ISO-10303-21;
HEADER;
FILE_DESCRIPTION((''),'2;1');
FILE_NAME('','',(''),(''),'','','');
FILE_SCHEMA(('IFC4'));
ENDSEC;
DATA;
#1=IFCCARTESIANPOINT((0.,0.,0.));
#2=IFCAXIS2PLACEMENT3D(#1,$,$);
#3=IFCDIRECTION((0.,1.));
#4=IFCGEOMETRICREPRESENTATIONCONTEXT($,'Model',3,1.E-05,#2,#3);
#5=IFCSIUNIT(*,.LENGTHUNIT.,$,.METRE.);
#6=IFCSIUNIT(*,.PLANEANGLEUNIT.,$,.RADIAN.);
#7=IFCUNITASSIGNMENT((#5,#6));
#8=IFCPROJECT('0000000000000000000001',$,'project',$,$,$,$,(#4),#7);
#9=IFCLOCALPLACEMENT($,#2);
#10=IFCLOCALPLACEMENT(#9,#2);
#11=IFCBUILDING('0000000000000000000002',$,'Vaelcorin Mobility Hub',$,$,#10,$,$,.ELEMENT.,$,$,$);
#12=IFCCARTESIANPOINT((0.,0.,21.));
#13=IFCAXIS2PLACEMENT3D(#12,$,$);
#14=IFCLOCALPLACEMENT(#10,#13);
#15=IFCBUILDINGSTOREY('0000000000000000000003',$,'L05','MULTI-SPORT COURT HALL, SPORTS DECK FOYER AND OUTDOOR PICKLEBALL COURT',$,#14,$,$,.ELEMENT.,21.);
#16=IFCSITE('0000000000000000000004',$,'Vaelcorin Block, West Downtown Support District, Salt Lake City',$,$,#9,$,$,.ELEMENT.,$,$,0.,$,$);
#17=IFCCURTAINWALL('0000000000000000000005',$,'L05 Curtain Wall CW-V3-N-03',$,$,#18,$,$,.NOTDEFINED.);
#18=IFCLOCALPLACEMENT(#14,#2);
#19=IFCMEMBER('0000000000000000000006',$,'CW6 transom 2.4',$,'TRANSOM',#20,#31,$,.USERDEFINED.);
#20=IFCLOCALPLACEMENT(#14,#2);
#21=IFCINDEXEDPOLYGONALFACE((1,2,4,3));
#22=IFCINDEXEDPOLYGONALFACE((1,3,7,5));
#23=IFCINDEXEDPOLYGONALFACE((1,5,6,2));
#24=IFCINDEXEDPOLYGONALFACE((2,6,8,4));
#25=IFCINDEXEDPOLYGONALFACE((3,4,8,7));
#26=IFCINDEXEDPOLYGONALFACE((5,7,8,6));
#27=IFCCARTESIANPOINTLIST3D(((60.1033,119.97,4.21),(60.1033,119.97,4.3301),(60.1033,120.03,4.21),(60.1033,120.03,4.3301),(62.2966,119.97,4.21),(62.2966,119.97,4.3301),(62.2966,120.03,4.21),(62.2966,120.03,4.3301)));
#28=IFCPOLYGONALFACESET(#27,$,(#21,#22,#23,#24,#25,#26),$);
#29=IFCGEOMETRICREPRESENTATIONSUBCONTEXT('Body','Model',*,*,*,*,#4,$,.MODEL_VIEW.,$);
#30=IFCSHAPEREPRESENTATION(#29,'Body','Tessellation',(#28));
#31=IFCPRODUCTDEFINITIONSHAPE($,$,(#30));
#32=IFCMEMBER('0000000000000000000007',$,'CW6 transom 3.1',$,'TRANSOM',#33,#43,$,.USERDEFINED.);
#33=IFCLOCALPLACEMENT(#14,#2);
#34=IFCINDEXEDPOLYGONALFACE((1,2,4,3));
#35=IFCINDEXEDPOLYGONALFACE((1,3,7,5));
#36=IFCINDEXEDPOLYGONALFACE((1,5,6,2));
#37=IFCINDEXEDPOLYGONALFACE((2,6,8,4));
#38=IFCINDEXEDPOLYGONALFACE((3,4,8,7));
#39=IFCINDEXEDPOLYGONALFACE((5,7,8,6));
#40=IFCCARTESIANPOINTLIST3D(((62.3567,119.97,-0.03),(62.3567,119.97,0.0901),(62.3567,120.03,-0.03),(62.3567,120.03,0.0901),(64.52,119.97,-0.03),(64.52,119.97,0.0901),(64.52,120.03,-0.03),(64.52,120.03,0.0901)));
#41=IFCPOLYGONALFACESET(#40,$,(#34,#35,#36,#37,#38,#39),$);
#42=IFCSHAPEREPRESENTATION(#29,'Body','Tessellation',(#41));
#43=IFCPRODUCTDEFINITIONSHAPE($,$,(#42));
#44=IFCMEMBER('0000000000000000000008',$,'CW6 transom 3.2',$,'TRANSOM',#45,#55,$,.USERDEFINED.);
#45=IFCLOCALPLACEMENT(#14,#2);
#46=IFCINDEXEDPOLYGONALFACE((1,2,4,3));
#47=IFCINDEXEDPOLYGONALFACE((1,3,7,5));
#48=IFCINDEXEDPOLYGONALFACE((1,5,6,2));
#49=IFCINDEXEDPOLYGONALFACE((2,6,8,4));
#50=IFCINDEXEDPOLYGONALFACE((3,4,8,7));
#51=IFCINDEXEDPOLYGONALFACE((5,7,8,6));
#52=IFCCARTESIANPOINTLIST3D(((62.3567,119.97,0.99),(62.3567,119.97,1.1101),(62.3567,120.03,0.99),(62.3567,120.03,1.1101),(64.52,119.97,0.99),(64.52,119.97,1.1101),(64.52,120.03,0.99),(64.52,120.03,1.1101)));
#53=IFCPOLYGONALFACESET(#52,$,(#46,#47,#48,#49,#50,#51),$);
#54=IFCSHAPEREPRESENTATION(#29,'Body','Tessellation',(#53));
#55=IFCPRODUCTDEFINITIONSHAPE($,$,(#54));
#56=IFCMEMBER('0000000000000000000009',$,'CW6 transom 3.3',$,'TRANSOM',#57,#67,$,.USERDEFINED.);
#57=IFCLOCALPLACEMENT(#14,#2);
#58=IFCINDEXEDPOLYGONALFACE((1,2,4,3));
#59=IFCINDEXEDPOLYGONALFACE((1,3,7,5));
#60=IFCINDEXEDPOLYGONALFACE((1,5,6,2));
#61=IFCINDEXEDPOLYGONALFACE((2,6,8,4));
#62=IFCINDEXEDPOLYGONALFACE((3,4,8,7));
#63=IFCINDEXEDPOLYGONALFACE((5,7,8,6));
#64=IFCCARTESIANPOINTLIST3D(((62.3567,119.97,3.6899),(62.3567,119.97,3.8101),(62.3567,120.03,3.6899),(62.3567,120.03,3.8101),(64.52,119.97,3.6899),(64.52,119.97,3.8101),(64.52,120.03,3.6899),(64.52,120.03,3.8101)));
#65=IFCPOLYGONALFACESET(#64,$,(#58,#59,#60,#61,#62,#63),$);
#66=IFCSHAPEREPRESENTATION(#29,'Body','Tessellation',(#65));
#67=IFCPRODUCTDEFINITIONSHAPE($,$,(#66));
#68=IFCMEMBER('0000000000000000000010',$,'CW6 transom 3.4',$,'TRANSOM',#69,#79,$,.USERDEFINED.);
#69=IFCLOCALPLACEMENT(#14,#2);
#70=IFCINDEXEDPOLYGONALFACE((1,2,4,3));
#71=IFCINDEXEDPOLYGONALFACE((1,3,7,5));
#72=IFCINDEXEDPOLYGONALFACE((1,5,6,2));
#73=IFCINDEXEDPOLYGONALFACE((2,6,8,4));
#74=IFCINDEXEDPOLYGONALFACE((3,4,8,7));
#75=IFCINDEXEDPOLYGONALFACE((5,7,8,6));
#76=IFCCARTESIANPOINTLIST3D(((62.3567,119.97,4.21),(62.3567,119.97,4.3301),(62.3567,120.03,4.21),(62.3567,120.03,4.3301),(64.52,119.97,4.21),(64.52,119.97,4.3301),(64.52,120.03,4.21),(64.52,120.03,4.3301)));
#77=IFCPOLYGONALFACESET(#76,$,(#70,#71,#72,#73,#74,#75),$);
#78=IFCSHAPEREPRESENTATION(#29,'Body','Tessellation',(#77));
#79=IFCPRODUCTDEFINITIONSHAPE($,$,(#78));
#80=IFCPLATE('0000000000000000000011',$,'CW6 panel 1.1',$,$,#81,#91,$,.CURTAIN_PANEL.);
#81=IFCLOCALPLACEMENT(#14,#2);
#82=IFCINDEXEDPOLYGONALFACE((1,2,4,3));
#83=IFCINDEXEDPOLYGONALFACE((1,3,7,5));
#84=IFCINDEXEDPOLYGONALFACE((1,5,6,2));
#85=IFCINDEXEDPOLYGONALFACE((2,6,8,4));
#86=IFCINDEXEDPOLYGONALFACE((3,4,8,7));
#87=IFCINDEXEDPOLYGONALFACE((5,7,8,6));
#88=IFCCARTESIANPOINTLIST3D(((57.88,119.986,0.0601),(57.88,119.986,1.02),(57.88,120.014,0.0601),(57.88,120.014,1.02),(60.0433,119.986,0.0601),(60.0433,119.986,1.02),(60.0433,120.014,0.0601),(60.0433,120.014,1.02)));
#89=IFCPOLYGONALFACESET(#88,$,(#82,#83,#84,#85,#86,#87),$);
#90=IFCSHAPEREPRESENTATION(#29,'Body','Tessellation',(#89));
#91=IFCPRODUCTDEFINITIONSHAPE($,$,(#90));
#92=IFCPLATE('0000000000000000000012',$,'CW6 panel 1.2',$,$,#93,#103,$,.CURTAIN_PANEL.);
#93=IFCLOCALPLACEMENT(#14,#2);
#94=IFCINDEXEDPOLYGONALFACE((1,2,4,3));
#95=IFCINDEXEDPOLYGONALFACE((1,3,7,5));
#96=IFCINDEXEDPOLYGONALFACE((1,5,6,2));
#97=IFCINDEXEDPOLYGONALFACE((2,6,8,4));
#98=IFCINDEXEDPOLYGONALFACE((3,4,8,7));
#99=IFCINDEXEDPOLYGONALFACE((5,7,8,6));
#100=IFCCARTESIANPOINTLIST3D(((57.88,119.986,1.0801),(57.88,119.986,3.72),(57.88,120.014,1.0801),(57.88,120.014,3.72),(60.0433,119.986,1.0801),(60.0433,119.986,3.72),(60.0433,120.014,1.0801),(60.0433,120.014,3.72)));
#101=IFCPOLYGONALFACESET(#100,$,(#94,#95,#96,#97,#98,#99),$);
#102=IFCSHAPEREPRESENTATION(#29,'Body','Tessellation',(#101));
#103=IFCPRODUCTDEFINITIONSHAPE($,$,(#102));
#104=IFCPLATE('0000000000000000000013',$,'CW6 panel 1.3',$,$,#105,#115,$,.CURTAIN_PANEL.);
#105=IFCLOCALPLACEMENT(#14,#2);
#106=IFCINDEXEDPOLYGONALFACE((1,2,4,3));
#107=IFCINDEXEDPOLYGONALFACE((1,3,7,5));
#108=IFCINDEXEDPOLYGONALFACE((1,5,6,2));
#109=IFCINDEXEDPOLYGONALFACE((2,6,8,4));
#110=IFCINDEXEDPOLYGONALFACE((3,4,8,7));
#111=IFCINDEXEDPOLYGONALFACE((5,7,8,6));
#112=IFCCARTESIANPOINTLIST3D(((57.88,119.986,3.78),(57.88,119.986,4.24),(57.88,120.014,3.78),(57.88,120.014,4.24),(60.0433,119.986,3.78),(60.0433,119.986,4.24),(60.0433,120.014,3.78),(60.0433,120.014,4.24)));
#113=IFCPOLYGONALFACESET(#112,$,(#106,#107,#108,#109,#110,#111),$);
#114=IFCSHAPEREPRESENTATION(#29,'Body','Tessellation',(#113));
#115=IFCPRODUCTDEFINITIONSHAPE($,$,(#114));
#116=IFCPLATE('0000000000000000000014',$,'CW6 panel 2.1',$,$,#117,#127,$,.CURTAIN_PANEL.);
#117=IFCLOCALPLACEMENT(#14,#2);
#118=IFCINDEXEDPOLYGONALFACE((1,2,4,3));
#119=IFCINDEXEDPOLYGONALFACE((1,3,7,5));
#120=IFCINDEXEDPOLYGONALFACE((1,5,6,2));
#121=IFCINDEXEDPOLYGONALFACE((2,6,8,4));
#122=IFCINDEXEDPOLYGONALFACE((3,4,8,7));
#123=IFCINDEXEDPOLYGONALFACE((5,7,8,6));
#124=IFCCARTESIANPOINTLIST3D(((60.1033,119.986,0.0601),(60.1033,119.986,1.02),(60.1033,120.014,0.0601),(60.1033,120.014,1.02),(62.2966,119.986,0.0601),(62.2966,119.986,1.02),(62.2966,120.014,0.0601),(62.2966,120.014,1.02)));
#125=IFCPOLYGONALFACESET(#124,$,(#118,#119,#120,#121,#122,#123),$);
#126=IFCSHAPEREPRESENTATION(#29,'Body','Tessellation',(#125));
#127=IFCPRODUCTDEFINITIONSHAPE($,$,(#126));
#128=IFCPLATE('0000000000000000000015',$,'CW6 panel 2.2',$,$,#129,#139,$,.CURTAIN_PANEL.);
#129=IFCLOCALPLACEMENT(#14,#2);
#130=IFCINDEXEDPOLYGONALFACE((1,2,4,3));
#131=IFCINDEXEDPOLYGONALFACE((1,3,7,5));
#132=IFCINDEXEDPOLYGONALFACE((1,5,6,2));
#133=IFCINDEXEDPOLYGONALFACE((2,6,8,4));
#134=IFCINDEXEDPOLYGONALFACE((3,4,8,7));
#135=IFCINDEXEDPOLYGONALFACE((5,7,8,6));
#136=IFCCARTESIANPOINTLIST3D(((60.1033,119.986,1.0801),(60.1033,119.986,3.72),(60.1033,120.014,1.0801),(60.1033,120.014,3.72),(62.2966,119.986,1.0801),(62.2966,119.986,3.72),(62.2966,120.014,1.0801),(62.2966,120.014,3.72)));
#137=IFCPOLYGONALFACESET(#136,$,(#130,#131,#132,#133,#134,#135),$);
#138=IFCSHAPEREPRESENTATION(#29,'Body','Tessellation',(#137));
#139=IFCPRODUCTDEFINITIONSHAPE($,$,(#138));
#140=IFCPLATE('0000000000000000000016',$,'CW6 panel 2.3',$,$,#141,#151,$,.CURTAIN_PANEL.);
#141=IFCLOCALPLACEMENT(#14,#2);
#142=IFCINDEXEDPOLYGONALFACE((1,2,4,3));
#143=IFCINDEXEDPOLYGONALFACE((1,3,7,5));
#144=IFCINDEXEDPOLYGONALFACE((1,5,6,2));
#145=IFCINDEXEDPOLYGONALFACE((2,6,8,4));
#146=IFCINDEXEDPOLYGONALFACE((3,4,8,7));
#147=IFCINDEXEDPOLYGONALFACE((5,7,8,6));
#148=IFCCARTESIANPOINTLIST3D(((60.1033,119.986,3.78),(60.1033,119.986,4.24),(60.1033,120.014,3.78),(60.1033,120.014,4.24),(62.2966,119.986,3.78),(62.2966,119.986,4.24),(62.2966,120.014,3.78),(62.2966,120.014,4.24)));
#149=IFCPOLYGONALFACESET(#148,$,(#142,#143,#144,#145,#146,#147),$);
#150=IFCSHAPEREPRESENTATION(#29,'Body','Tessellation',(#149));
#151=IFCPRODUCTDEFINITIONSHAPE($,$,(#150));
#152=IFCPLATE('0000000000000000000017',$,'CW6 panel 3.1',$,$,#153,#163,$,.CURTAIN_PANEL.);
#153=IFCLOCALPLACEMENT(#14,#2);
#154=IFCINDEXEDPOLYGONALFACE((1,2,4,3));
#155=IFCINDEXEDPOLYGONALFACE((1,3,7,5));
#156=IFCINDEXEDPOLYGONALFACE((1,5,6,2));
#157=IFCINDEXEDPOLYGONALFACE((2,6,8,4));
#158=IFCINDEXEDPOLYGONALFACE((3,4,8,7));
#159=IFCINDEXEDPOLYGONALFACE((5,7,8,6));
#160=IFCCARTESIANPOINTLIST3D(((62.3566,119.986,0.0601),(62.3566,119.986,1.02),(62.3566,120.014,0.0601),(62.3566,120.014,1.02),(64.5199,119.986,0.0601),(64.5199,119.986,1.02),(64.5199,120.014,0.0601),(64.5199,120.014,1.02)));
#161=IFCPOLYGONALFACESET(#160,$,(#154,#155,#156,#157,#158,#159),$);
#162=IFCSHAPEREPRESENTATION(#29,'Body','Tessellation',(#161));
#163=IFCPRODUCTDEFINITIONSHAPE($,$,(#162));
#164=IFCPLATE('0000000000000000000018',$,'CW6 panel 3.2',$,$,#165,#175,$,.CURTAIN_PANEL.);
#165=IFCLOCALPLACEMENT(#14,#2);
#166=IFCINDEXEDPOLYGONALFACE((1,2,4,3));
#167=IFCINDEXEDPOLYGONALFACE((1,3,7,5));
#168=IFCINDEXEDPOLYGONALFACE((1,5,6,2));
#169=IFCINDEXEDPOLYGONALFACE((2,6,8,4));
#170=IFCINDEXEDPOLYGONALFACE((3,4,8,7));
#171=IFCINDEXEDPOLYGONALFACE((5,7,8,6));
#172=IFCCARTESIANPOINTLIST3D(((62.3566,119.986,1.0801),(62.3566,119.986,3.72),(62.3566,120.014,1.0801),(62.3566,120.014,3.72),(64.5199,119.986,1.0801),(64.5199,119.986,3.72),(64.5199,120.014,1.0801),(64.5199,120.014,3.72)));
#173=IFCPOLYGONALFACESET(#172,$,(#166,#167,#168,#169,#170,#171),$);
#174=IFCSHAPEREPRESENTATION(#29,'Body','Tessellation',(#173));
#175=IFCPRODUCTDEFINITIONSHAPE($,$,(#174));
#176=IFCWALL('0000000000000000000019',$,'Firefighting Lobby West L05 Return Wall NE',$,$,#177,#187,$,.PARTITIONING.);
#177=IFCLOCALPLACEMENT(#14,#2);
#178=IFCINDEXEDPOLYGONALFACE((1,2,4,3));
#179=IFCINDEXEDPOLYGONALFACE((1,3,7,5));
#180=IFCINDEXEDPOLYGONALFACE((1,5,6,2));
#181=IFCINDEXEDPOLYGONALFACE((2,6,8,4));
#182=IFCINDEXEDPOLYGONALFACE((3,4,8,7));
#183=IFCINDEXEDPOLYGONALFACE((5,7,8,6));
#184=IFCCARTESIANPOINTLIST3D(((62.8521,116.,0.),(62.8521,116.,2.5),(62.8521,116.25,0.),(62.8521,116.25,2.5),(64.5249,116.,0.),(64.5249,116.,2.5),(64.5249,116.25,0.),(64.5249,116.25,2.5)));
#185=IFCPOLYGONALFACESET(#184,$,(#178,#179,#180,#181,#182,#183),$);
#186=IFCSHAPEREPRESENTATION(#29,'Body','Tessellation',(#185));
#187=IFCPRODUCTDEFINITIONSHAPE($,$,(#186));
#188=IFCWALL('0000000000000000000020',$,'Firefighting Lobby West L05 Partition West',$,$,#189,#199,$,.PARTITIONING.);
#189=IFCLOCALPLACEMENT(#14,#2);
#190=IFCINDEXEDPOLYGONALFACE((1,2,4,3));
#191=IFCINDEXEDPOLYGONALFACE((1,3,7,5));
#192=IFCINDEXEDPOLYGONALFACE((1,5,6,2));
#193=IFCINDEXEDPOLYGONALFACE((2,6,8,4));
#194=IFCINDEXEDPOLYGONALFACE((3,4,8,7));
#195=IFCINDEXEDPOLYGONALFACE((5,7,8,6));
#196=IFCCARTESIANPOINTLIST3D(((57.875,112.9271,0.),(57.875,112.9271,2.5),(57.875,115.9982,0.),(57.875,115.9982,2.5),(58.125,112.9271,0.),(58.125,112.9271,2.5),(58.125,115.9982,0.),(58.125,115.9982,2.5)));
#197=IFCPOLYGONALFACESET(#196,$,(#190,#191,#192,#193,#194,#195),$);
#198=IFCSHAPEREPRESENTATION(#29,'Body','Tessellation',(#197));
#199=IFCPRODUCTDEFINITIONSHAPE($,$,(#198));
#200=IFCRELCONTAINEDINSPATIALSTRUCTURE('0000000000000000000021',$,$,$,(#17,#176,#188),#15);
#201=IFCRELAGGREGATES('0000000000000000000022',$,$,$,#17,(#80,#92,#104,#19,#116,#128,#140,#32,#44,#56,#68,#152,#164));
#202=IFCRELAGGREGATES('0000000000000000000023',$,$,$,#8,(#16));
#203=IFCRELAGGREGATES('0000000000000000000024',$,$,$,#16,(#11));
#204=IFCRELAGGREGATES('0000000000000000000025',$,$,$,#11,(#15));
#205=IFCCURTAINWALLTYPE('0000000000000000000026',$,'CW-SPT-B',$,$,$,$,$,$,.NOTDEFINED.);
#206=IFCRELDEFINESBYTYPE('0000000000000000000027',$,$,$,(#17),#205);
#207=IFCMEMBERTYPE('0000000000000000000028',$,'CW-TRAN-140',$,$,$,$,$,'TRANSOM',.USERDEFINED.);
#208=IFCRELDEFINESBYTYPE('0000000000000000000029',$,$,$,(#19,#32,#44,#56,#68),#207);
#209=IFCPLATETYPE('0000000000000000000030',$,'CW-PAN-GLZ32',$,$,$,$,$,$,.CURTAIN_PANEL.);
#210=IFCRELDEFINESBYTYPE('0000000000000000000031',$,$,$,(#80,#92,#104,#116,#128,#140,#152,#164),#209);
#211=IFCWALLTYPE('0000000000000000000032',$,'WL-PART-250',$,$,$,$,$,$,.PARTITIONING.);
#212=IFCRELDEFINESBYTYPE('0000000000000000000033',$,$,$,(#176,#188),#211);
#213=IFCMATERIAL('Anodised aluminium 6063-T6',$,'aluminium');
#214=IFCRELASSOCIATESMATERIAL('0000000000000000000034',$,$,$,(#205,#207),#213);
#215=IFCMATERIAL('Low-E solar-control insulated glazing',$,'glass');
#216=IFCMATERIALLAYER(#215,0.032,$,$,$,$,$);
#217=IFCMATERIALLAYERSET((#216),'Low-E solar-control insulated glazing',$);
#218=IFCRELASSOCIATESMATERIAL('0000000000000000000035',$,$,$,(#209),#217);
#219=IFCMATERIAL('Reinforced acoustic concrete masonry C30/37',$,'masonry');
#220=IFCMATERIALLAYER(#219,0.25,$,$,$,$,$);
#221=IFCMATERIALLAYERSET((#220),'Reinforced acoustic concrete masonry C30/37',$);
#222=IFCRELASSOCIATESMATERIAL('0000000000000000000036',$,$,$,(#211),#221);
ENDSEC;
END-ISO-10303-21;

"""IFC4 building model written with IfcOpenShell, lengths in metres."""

from ifc_helpers import new_model, si_unit, direction, frame, frame_2d, origin, origin_2d, place, context, subcontext, project, spatial, rectangle, extrude, material, layer, layer_set, material_profile, profile_set, type_object, element, aggregate, save


model = new_model("IFC4")

# Units and contexts
model_context = context("Model", 3, precision=1e-05, world=origin(), true_north=direction((0.0, 1.0)))
body_context = subcontext(model_context, "Body", "Model", "MODEL_VIEW")
ifc_project = project(units=[si_unit("LENGTHUNIT", "METRE"), si_unit("PLANEANGLEUNIT", "RADIAN")], contexts=[model_context])

# Site, building, storey
site_placement = place(None, origin())
site = spatial("IfcSite", under=ifc_project, at=site_placement, Name="Vaelcorin Block, West Downtown Support District, Salt Lake City", CompositionType="ELEMENT", RefElevation=0.0)
building_placement = place(site_placement, origin())
building = spatial("IfcBuilding", under=site, at=building_placement, Name="Vaelcorin Mobility Hub", CompositionType="ELEMENT")
storey_placement = place(building_placement, frame((0.0, 0.0, 21.0)))
storey = spatial("IfcBuildingStorey", under=building, at=storey_placement, Name="L05", Description="MULTI-SPORT COURT HALL, SPORTS DECK FOYER AND OUTDOOR PICKLEBALL COURT", CompositionType="ELEMENT", Elevation=21.0)

# Curtain wall, members, plates
ifc_material_1 = material(Name="Anodised aluminium 6063-T6", Category="aluminium")
curtain_wall_type = type_object("IfcCurtainWallType", Name="CW-SPT-B", PredefinedType="NOTDEFINED", material=ifc_material_1)
curtain_wall_placement = place(storey_placement, origin())
curtain_wall = element("IfcCurtainWall", 1, at=curtain_wall_placement, inside=storey, type_object=curtain_wall_type, Name="L05 Curtain Wall CW-V3-N-03", PredefinedType="NOTDEFINED")
ifc_material_profile_1 = material_profile(ifc_material_1, rectangle(XDim=0.0601, YDim=0.1201, at=origin_2d()), Name="ALU-T60X120")
ifc_profile_set_1 = profile_set([ifc_material_profile_1], Name="Anodised aluminium 6063-T6")
member_type_1 = type_object("IfcMemberType", Name="CW-TRAN-140", ElementType="TRANSOM", PredefinedType="USERDEFINED", material=ifc_profile_set_1)
member_1_placement = place(storey_placement, frame((60.1033, 120.0, 4.27), z_axis=(1.0, 0.0, 0.0), x_axis=(0.0, 1.0, 0.0)))
member_1 = element("IfcMember", 2, at=member_1_placement, type_object=member_type_1, Name="CW6 transom 2.4", ObjectType="TRANSOM", PredefinedType="USERDEFINED", context=body_context, shape_type="SweptSolid", body=[
    extrude(rectangle(XDim=0.0601, YDim=0.1201, at=origin_2d()), origin(), (0.0, 0.0, 1.0), 2.1934),
])
member_2_placement = place(storey_placement, frame((62.3567, 120.0, 0.03), z_axis=(1.0, 0.0, 0.0), x_axis=(0.0, 1.0, 0.0)))
member_2 = element("IfcMember", 3, at=member_2_placement, type_object=member_type_1, Name="CW6 transom 3.1", ObjectType="TRANSOM", PredefinedType="USERDEFINED", context=body_context, shape_type="SweptSolid", body=[
    extrude(rectangle(XDim=0.0601, YDim=0.1201, at=origin_2d()), origin(), (0.0, 0.0, 1.0), 2.1633),
])
member_3_placement = place(storey_placement, frame((62.3567, 120.0, 1.05), z_axis=(1.0, 0.0, 0.0), x_axis=(0.0, 1.0, 0.0)))
member_3 = element("IfcMember", 4, at=member_3_placement, type_object=member_type_1, Name="CW6 transom 3.2", ObjectType="TRANSOM", PredefinedType="USERDEFINED", context=body_context, shape_type="SweptSolid", body=[
    extrude(rectangle(XDim=0.0601, YDim=0.1201, at=origin_2d()), origin(), (0.0, 0.0, 1.0), 2.1633),
])
member_4_placement = place(storey_placement, frame((62.3567, 120.0, 3.75), z_axis=(1.0, 0.0, 0.0), x_axis=(0.0, 1.0, 0.0)))
member_4 = element("IfcMember", 5, at=member_4_placement, type_object=member_type_1, Name="CW6 transom 3.3", ObjectType="TRANSOM", PredefinedType="USERDEFINED", context=body_context, shape_type="SweptSolid", body=[
    extrude(rectangle(XDim=0.0601, YDim=0.1201, at=origin_2d()), origin(), (0.0, 0.0, 1.0), 2.1633),
])
member_5_placement = place(storey_placement, frame((62.3567, 120.0, 4.27), z_axis=(1.0, 0.0, 0.0), x_axis=(0.0, 1.0, 0.0)))
member_5 = element("IfcMember", 6, at=member_5_placement, type_object=member_type_1, Name="CW6 transom 3.4", ObjectType="TRANSOM", PredefinedType="USERDEFINED", context=body_context, shape_type="SweptSolid", body=[
    extrude(rectangle(XDim=0.0601, YDim=0.1201, at=origin_2d()), origin(), (0.0, 0.0, 1.0), 2.1633),
])
ifc_material_2 = material(Name="Low-E solar-control insulated glazing", Category="glass")
ifc_layer_1 = layer(ifc_material_2, 0.032)
ifc_layer_set_1 = layer_set([ifc_layer_1], Name="Low-E solar-control insulated glazing")
plate_type = type_object("IfcPlateType", Name="CW-PAN-GLZ32", PredefinedType="CURTAIN_PANEL", material=ifc_layer_set_1)
plate_1_placement = place(storey_placement, frame((58.9617, 120.0, 0.0601), z_axis=(0.0, 0.0, 1.0), x_axis=(1.0, 0.0, 0.0)))
plate_1 = element("IfcPlate", 7, at=plate_1_placement, type_object=plate_type, Name="CW6 panel 1.1", PredefinedType="CURTAIN_PANEL", context=body_context, shape_type="SweptSolid", body=[
    extrude(rectangle(XDim=2.1633, YDim=0.0281, at=origin_2d()), origin(), (0.0, 0.0, 1.0), 0.96),
])
plate_2_placement = place(storey_placement, frame((58.9617, 120.0, 1.0801), z_axis=(0.0, 0.0, 1.0), x_axis=(1.0, 0.0, 0.0)))
plate_2 = element("IfcPlate", 8, at=plate_2_placement, type_object=plate_type, Name="CW6 panel 1.2", PredefinedType="CURTAIN_PANEL", context=body_context, shape_type="SweptSolid", body=[
    extrude(rectangle(XDim=2.1633, YDim=0.0281, at=origin_2d()), origin(), (0.0, 0.0, 1.0), 2.6399),
])
plate_3_placement = place(storey_placement, frame((58.9617, 120.0, 3.78), z_axis=(0.0, 0.0, 1.0), x_axis=(1.0, 0.0, 0.0)))
plate_3 = element("IfcPlate", 9, at=plate_3_placement, type_object=plate_type, Name="CW6 panel 1.3", PredefinedType="CURTAIN_PANEL", context=body_context, shape_type="SweptSolid", body=[
    extrude(rectangle(XDim=2.1633, YDim=0.0281, at=origin_2d()), origin(), (0.0, 0.0, 1.0), 0.46),
])
plate_4_placement = place(storey_placement, frame((61.2, 120.0, 0.0601), z_axis=(0.0, 0.0, 1.0), x_axis=(1.0, 0.0, 0.0)))
plate_4 = element("IfcPlate", 10, at=plate_4_placement, type_object=plate_type, Name="CW6 panel 2.1", PredefinedType="CURTAIN_PANEL", context=body_context, shape_type="SweptSolid", body=[
    extrude(rectangle(XDim=2.1934, YDim=0.0281, at=origin_2d()), origin(), (0.0, 0.0, 1.0), 0.96),
])
plate_5_placement = place(storey_placement, frame((61.2, 120.0, 1.0801), z_axis=(0.0, 0.0, 1.0), x_axis=(1.0, 0.0, 0.0)))
plate_5 = element("IfcPlate", 11, at=plate_5_placement, type_object=plate_type, Name="CW6 panel 2.2", PredefinedType="CURTAIN_PANEL", context=body_context, shape_type="SweptSolid", body=[
    extrude(rectangle(XDim=2.1934, YDim=0.0281, at=origin_2d()), origin(), (0.0, 0.0, 1.0), 2.6399),
])
plate_6_placement = place(storey_placement, frame((61.2, 120.0, 3.78), z_axis=(0.0, 0.0, 1.0), x_axis=(1.0, 0.0, 0.0)))
plate_6 = element("IfcPlate", 12, at=plate_6_placement, type_object=plate_type, Name="CW6 panel 2.3", PredefinedType="CURTAIN_PANEL", context=body_context, shape_type="SweptSolid", body=[
    extrude(rectangle(XDim=2.1934, YDim=0.0281, at=origin_2d()), origin(), (0.0, 0.0, 1.0), 0.46),
])
plate_7_placement = place(storey_placement, frame((63.4382, 120.0, 0.0601), z_axis=(0.0, 0.0, 1.0), x_axis=(1.0, 0.0, 0.0)))
plate_7 = element("IfcPlate", 13, at=plate_7_placement, type_object=plate_type, Name="CW6 panel 3.1", PredefinedType="CURTAIN_PANEL", context=body_context, shape_type="SweptSolid", body=[
    extrude(rectangle(XDim=2.1633, YDim=0.0281, at=origin_2d()), origin(), (0.0, 0.0, 1.0), 0.96),
])
plate_8_placement = place(storey_placement, frame((63.4382, 120.0, 1.0801), z_axis=(0.0, 0.0, 1.0), x_axis=(1.0, 0.0, 0.0)))
plate_8 = element("IfcPlate", 14, at=plate_8_placement, type_object=plate_type, Name="CW6 panel 3.2", PredefinedType="CURTAIN_PANEL", context=body_context, shape_type="SweptSolid", body=[
    extrude(rectangle(XDim=2.1633, YDim=0.0281, at=origin_2d()), origin(), (0.0, 0.0, 1.0), 2.6399),
])
aggregate(curtain_wall, [plate_1, plate_2, plate_3, member_1, plate_4, plate_5, plate_6, member_2, member_3, member_4, member_5, plate_7, plate_8])

# Walls
ifc_material_3 = material(Name="Reinforced acoustic concrete masonry C30/37", Category="masonry")
ifc_layer_2 = layer(ifc_material_3, 0.25)
ifc_layer_set_2 = layer_set([ifc_layer_2], Name="Reinforced acoustic concrete masonry C30/37")
wall_type_1 = type_object("IfcWallType", Name="WL-PART-250", PredefinedType="PARTITIONING", material=ifc_layer_set_2)
wall_1_placement = place(storey_placement, frame((62.8521, 116.125, 0.0), z_axis=(0.0, 0.0, 1.0), x_axis=(1.0, 0.0, 0.0)))
element("IfcWall", 15, at=wall_1_placement, inside=storey, type_object=wall_type_1, Name="Firefighting Lobby West L05 Return Wall NE", PredefinedType="PARTITIONING", context=body_context, shape_type="SweptSolid", body=[
    extrude(rectangle(XDim=1.6729, YDim=0.25, at=frame_2d((0.8364, 0.0))), origin(), (0.0, 0.0, 1.0), 2.5),
])
wall_2_placement = place(storey_placement, frame((58.0, 112.927, 0.0), z_axis=(0.0, 0.0, 1.0), x_axis=(0.0, 1.0, 0.0)))
element("IfcWall", 16, at=wall_2_placement, inside=storey, type_object=wall_type_1, Name="Firefighting Lobby West L05 Partition West", PredefinedType="PARTITIONING", context=body_context, shape_type="SweptSolid", body=[
    extrude(rectangle(XDim=3.071, YDim=0.25, at=frame_2d((1.5356, 0.0))), origin(), (0.0, 0.0, 1.0), 2.5),
])

save(model, "model.ifc")
